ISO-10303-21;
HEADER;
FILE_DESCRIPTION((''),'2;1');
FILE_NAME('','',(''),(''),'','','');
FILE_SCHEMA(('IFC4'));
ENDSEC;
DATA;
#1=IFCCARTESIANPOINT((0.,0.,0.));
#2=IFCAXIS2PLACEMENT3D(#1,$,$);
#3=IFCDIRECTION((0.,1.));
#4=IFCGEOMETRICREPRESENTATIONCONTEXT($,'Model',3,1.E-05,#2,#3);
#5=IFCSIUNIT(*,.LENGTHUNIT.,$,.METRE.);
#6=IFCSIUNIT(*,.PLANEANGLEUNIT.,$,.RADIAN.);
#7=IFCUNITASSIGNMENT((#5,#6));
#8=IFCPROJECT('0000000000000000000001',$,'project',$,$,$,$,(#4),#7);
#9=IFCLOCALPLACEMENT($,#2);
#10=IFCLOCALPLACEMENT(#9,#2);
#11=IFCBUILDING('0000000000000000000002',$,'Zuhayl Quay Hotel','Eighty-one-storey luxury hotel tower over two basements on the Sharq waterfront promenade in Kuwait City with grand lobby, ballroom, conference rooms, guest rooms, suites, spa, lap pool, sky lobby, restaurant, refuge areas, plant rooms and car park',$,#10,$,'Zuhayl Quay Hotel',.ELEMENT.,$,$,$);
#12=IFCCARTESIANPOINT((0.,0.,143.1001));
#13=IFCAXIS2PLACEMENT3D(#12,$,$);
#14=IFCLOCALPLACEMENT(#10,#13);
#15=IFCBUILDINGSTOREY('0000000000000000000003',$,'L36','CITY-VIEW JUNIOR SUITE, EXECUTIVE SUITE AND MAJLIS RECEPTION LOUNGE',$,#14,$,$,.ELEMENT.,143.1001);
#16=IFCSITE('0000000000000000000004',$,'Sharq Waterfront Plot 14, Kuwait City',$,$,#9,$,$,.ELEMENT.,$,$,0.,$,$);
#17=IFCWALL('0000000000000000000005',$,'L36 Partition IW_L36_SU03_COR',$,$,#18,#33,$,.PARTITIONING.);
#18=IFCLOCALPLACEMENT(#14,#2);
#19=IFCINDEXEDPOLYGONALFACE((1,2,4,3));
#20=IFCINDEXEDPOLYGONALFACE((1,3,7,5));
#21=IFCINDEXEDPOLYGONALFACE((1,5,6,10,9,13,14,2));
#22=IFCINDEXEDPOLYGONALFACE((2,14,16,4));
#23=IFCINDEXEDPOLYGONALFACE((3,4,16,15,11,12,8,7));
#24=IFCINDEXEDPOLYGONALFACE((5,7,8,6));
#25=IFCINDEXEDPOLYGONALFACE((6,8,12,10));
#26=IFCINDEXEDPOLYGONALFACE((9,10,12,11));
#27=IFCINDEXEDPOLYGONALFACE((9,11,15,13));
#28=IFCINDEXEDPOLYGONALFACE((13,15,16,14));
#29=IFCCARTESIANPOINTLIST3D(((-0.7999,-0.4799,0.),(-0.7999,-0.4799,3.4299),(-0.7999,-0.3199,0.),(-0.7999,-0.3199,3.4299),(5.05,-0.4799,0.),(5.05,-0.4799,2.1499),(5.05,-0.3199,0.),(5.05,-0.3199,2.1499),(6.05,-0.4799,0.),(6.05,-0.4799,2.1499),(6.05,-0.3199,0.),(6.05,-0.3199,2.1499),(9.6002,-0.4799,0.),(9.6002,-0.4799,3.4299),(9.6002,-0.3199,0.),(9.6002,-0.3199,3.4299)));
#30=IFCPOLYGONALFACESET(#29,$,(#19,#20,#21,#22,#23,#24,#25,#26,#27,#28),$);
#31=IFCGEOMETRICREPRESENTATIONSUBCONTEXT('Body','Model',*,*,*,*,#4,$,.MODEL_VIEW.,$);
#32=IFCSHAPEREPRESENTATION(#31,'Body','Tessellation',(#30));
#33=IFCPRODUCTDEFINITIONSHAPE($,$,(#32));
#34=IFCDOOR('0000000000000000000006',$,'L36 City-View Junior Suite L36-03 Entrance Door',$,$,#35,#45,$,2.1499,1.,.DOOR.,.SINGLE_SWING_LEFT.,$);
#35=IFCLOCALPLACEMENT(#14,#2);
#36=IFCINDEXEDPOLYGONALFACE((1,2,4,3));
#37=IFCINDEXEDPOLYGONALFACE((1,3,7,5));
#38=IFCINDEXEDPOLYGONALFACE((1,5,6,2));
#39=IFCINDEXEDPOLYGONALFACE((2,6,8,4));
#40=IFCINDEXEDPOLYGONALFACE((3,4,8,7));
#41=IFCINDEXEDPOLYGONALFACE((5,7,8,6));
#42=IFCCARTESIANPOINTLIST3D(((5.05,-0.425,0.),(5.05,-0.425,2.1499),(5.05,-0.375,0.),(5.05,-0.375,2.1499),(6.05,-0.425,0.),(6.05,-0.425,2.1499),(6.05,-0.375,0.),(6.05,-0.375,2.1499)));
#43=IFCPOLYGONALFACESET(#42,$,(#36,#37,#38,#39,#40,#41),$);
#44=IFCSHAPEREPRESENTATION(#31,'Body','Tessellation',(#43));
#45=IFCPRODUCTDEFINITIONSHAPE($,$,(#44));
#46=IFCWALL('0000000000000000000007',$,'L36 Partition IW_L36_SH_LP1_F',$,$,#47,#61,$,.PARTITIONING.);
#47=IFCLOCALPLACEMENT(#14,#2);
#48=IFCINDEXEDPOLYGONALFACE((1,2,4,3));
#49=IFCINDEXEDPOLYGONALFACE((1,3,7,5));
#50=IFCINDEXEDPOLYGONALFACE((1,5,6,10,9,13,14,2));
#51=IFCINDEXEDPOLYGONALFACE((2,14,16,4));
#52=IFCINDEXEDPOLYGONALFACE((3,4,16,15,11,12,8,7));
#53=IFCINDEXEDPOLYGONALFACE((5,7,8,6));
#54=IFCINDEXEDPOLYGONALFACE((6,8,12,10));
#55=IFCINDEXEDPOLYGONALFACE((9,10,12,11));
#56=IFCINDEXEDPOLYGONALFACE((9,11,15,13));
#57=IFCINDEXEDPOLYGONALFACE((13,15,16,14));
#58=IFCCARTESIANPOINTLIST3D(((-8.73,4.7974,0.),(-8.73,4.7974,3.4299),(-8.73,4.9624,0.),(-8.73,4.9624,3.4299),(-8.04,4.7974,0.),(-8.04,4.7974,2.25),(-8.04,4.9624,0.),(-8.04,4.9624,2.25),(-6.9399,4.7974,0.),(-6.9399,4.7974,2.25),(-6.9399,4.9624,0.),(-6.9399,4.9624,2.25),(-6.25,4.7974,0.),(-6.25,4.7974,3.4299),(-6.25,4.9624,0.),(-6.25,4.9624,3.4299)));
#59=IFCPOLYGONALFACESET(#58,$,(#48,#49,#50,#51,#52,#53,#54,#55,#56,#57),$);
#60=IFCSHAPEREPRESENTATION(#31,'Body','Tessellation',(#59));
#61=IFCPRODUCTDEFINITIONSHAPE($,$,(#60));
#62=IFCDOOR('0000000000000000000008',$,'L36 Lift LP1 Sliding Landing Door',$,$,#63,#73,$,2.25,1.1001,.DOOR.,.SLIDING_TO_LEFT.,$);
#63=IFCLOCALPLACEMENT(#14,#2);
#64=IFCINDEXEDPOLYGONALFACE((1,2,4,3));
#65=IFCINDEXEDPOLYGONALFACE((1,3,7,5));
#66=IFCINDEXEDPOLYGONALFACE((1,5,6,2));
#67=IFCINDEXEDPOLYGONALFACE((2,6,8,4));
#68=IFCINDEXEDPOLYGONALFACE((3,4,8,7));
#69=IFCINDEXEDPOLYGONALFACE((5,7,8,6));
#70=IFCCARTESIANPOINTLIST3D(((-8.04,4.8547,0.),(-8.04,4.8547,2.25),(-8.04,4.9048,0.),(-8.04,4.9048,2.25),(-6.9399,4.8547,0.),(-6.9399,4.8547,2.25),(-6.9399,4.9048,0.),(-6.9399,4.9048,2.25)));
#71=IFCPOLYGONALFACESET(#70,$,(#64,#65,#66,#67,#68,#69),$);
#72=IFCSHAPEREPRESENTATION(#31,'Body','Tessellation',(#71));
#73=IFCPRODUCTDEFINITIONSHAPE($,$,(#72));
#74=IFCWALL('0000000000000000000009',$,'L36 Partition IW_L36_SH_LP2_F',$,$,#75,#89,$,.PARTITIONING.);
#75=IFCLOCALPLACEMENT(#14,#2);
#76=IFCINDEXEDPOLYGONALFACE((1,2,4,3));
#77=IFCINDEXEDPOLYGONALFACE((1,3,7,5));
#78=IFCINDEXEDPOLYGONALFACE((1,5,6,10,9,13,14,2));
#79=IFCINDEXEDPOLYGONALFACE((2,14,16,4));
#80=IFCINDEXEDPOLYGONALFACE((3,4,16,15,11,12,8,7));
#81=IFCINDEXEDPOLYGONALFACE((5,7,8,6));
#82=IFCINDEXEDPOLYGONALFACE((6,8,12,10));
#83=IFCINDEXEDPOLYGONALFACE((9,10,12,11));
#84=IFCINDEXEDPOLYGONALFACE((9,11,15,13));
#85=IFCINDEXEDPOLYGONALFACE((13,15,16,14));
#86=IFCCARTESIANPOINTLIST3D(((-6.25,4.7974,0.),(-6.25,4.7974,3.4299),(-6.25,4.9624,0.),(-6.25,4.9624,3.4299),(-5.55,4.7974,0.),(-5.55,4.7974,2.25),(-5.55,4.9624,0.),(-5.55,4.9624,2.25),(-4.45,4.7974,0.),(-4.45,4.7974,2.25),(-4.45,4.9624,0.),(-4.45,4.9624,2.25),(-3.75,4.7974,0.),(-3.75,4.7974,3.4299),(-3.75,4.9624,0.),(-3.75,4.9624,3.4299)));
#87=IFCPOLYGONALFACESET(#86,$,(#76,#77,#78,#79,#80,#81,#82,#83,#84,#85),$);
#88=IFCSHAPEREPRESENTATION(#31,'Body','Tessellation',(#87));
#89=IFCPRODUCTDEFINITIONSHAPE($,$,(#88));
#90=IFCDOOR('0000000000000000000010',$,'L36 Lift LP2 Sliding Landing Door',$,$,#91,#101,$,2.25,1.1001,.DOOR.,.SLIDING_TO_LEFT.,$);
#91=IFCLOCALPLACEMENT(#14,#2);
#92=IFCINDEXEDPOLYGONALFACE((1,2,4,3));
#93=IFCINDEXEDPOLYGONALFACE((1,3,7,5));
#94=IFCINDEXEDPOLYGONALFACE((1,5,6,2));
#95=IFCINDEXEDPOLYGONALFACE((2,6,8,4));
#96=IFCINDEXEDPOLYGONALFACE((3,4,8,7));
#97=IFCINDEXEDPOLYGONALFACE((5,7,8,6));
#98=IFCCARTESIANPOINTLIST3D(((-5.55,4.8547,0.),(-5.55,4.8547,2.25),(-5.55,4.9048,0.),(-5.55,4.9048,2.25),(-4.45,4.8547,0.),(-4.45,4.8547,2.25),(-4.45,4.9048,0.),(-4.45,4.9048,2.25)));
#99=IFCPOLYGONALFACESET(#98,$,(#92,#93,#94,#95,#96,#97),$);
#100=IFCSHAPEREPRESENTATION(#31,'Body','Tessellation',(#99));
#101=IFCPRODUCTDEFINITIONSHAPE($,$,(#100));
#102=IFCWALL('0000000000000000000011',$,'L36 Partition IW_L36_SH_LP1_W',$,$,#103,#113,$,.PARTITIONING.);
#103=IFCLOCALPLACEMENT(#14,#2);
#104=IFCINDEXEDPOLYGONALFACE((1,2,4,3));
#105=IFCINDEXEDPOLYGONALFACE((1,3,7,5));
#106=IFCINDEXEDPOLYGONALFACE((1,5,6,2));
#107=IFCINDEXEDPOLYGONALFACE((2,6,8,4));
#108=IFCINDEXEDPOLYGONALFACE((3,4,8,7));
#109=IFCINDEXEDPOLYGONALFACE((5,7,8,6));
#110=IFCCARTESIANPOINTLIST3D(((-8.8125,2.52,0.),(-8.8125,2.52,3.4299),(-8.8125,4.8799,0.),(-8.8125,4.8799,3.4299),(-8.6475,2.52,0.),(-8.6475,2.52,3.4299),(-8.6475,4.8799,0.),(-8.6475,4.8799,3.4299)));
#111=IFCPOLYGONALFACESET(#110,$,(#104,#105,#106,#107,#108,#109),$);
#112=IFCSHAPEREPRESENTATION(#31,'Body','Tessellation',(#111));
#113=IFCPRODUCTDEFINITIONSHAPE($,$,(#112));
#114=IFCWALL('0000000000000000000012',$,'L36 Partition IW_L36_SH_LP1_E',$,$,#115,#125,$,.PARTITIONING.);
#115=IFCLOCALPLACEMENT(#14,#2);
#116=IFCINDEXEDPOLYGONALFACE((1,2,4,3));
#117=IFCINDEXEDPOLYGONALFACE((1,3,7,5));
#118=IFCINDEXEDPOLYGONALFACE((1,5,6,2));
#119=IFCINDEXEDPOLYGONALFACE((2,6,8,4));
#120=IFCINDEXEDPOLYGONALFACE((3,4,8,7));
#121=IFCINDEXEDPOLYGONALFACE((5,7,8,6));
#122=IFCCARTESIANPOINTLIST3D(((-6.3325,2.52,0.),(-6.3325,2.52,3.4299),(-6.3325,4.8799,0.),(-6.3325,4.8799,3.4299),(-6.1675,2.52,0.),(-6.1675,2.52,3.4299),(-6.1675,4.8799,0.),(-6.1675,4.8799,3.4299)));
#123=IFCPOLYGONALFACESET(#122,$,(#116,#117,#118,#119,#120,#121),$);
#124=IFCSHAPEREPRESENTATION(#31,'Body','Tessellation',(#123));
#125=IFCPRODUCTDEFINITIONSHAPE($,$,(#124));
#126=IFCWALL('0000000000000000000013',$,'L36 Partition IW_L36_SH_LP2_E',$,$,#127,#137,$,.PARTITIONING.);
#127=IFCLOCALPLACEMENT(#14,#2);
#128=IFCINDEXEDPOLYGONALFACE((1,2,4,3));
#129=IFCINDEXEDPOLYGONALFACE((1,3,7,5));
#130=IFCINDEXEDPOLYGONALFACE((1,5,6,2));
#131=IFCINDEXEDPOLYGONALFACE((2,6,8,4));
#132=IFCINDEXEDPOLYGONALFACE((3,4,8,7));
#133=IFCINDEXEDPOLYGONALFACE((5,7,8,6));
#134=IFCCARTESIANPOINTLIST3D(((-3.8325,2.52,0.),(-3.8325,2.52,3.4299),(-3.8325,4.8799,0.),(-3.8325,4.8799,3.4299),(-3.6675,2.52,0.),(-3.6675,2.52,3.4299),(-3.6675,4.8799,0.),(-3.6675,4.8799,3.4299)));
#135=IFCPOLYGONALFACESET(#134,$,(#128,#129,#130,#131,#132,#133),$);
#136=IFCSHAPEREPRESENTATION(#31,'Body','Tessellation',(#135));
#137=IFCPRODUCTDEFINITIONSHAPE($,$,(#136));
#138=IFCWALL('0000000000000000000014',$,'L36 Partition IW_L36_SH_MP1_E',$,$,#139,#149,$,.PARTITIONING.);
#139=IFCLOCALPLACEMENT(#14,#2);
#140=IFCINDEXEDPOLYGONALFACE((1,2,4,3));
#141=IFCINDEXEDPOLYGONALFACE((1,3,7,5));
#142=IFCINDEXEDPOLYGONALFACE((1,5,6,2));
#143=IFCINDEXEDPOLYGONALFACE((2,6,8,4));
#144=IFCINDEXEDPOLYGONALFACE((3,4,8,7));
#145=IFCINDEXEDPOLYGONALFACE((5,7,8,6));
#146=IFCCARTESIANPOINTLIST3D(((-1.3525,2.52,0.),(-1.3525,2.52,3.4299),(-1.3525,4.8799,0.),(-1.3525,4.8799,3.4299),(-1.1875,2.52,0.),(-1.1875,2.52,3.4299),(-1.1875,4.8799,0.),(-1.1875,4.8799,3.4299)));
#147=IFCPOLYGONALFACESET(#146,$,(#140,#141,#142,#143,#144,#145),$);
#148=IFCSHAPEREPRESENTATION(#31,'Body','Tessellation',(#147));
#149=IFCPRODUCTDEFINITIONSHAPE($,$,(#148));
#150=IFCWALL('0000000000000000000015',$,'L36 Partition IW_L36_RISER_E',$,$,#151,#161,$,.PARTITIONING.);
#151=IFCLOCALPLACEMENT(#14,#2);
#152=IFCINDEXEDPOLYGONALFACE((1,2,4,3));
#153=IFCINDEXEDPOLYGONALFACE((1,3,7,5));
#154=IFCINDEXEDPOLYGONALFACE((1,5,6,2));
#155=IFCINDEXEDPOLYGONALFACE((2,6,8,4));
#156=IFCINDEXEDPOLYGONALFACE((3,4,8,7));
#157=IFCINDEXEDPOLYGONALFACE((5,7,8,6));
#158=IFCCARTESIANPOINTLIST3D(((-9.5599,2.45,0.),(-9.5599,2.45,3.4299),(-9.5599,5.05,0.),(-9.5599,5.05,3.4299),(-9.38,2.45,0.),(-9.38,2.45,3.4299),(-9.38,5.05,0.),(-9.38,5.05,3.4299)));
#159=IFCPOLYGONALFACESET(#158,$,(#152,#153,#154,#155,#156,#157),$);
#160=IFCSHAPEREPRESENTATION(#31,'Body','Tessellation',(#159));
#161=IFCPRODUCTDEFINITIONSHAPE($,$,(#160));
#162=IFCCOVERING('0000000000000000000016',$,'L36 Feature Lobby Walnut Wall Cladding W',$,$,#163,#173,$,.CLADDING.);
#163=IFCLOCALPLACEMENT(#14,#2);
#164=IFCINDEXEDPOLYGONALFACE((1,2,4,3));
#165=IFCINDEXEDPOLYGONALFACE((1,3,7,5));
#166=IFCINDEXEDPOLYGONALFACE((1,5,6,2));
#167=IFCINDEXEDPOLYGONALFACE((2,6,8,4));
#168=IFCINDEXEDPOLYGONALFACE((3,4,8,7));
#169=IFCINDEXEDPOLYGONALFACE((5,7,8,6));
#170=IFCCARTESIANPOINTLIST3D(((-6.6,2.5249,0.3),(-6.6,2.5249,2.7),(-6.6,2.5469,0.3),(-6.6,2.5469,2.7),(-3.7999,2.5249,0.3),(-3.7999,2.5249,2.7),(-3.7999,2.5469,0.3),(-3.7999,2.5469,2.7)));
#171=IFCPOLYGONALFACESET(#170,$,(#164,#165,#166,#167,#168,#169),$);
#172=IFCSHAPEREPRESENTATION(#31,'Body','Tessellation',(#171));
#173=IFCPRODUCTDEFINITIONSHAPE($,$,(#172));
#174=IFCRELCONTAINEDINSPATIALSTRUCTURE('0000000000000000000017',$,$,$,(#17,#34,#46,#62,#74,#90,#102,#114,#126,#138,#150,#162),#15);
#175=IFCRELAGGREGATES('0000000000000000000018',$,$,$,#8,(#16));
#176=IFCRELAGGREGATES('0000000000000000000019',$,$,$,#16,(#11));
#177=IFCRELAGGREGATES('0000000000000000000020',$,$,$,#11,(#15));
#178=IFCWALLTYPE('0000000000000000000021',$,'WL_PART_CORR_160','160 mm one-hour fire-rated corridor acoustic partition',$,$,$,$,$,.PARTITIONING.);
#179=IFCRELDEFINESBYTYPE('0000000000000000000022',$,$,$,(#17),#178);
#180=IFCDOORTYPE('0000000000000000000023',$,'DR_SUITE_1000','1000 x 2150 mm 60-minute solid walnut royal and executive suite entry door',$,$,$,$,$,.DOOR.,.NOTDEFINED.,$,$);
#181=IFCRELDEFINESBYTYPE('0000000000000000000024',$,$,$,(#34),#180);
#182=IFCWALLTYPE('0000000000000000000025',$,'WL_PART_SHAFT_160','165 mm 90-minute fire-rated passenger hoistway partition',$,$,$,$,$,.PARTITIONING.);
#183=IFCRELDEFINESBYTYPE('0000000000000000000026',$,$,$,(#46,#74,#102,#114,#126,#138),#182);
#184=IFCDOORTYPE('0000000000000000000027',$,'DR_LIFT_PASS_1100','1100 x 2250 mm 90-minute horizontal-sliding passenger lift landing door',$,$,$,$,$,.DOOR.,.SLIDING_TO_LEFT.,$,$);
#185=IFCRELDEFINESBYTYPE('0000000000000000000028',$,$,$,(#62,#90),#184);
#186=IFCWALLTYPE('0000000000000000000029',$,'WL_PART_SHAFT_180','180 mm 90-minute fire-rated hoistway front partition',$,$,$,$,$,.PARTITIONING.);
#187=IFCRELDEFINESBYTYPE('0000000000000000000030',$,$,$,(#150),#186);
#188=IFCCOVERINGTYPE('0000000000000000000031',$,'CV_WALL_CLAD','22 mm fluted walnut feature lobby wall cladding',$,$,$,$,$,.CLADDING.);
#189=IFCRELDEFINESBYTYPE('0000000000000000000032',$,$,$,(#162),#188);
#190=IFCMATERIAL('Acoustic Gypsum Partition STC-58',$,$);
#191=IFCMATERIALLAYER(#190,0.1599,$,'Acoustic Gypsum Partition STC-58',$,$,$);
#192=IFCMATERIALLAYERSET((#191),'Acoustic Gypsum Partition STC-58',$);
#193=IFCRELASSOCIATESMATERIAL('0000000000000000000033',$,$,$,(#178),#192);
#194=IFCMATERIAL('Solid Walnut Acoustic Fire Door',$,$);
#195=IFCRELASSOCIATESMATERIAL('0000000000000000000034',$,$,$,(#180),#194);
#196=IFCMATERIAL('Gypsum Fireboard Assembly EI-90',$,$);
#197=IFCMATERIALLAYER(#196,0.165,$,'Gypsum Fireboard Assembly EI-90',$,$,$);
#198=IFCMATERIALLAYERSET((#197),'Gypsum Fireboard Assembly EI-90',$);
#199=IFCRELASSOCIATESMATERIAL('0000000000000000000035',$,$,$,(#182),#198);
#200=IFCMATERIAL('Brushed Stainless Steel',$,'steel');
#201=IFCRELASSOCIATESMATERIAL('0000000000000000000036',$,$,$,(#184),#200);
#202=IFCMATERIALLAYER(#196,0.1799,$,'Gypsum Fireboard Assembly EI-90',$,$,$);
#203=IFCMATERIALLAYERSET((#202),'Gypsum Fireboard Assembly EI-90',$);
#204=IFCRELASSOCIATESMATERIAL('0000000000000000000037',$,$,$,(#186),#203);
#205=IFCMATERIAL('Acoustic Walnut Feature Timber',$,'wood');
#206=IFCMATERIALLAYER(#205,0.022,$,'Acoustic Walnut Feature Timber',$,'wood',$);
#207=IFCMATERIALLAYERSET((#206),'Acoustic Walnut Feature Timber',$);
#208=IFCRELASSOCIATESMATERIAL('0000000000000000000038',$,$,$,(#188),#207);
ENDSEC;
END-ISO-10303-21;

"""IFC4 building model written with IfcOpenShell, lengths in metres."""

from ifc_helpers import new_model, si_unit, direction, frame, frame_2d, origin, origin_2d, place, context, subcontext, project, spatial, rectangle, extrude, material, layer, layer_set, type_object, element, fill, save


model = new_model("IFC4")

# Units and contexts
model_context = context("Model", 3, precision=1e-05, world=origin(), true_north=direction((0.0, 1.0)))
body_context = subcontext(model_context, "Body", "Model", "MODEL_VIEW")
ifc_project = project(units=[si_unit("LENGTHUNIT", "METRE"), si_unit("PLANEANGLEUNIT", "RADIAN")], contexts=[model_context])

# Site, building, storey
site_placement = place(None, origin())
site = spatial("IfcSite", under=ifc_project, at=site_placement, Name="Sharq Waterfront Plot 14, Kuwait City", CompositionType="ELEMENT", RefElevation=0.0)
building_placement = place(site_placement, origin())
building = spatial("IfcBuilding", under=site, at=building_placement, Name="Zuhayl Quay Hotel", Description="Eighty-one-storey luxury hotel tower over two basements on the Sharq waterfront promenade in Kuwait City with grand lobby, ballroom, conference rooms, guest rooms, suites, spa, lap pool, sky lobby, restaurant, refuge areas, plant rooms and car park", LongName="Zuhayl Quay Hotel", CompositionType="ELEMENT")
storey_placement = place(building_placement, frame((0.0, 0.0, 143.1001)))
storey = spatial("IfcBuildingStorey", under=building, at=storey_placement, Name="L36", Description="CITY-VIEW JUNIOR SUITE, EXECUTIVE SUITE AND MAJLIS RECEPTION LOUNGE", CompositionType="ELEMENT", Elevation=143.1001)

# Walls, openings, doors
ifc_material_1 = material(Name="Acoustic Gypsum Partition STC-58")
ifc_layer_1 = layer(ifc_material_1, 0.1599, Name="Acoustic Gypsum Partition STC-58")
ifc_layer_set_1 = layer_set([ifc_layer_1], Name="Acoustic Gypsum Partition STC-58")
wall_type_1 = type_object("IfcWallType", Name="WL_PART_CORR_160", Description="160 mm one-hour fire-rated corridor acoustic partition", PredefinedType="PARTITIONING", material=ifc_layer_set_1)
wall_1_placement = place(storey_placement, frame((-0.8, -0.3999, 0.0), z_axis=(0.0, 0.0, 1.0), x_axis=(1.0, 0.0, 0.0)))
wall_1 = element("IfcWall", 1, at=wall_1_placement, inside=storey, type_object=wall_type_1, Name="L36 Partition IW_L36_SU03_COR", PredefinedType="PARTITIONING", context=body_context, shape_type="SweptSolid", body=[
    extrude(rectangle(XDim=10.4001, YDim=0.1599, at=frame_2d((5.2002, 0.0))), origin(), (0.0, 0.0, 1.0), 3.4299),
])
opening_1_placement = place(wall_1_placement, frame((5.8501, 0.0, 0.0)))
opening_1 = element("IfcOpeningElement", 2, at=opening_1_placement, cuts=wall_1, PredefinedType="OPENING", context=body_context, shape_type="SweptSolid", body=[
    extrude(rectangle(XDim=1.0, YDim=2.1499, at=frame_2d((0.5, 1.075))), frame((0.0, 0.0898, 0.0), z_axis=(0.0, -1.0, 0.0), x_axis=(1.0, 0.0, 0.0)), (0.0, 0.0, 1.0), 0.1799),
])
ifc_material_2 = material(Name="Solid Walnut Acoustic Fire Door")
door_type_1 = type_object("IfcDoorType", Name="DR_SUITE_1000", Description="1000 x 2150 mm 60-minute solid walnut royal and executive suite entry door", OperationType="NOTDEFINED", PredefinedType="DOOR", material=ifc_material_2)
door_1_placement = place(opening_1_placement, origin())
door_1 = element("IfcDoor", 3, at=door_1_placement, inside=storey, type_object=door_type_1, Name="L36 City-View Junior Suite L36-03 Entrance Door", OperationType="SINGLE_SWING_LEFT", OverallHeight=2.1499, OverallWidth=1.0, PredefinedType="DOOR", context=body_context, shape_type="SweptSolid", body=[
    extrude(rectangle(XDim=1.0, YDim=2.1499, at=frame_2d((0.5, 1.075))), frame((0.0, 0.0249, 0.0), z_axis=(0.0, -1.0, 0.0), x_axis=(1.0, 0.0, 0.0)), (0.0, 0.0, 1.0), 0.05),
])
fill(opening_1, door_1)
ifc_material_3 = material(Name="Gypsum Fireboard Assembly EI-90")
ifc_layer_2 = layer(ifc_material_3, 0.165, Name="Gypsum Fireboard Assembly EI-90")
ifc_layer_set_2 = layer_set([ifc_layer_2], Name="Gypsum Fireboard Assembly EI-90")
wall_type_2 = type_object("IfcWallType", Name="WL_PART_SHAFT_160", Description="165 mm 90-minute fire-rated passenger hoistway partition", PredefinedType="PARTITIONING", material=ifc_layer_set_2)
wall_2_placement = place(storey_placement, frame((-8.73, 4.8799, 0.0), z_axis=(0.0, 0.0, 1.0), x_axis=(1.0, 0.0, 0.0)))
wall_2 = element("IfcWall", 4, at=wall_2_placement, inside=storey, type_object=wall_type_2, Name="L36 Partition IW_L36_SH_LP1_F", PredefinedType="PARTITIONING", context=body_context, shape_type="SweptSolid", body=[
    extrude(rectangle(XDim=2.48, YDim=0.165, at=frame_2d((1.24, 0.0))), origin(), (0.0, 0.0, 1.0), 3.4299),
])
opening_2_placement = place(wall_2_placement, frame((0.6899, 0.0, 0.0)))
opening_2 = element("IfcOpeningElement", 5, at=opening_2_placement, cuts=wall_2, PredefinedType="OPENING", context=body_context, shape_type="SweptSolid", body=[
    extrude(rectangle(XDim=1.1001, YDim=2.25, at=frame_2d((0.55, 1.125))), frame((0.0, 0.0925, 0.0), z_axis=(0.0, -1.0, 0.0), x_axis=(1.0, 0.0, 0.0)), (0.0, 0.0, 1.0), 0.1851),
])
ifc_material_4 = material(Name="Brushed Stainless Steel", Category="steel")
door_type_2 = type_object("IfcDoorType", Name="DR_LIFT_PASS_1100", Description="1100 x 2250 mm 90-minute horizontal-sliding passenger lift landing door", OperationType="SLIDING_TO_LEFT", PredefinedType="DOOR", material=ifc_material_4)
door_2_placement = place(opening_2_placement, origin())
door_2 = element("IfcDoor", 6, at=door_2_placement, inside=storey, type_object=door_type_2, Name="L36 Lift LP1 Sliding Landing Door", OperationType="SLIDING_TO_LEFT", OverallHeight=2.25, OverallWidth=1.1001, PredefinedType="DOOR", context=body_context, shape_type="SweptSolid", body=[
    extrude(rectangle(XDim=1.1001, YDim=2.25, at=frame_2d((0.55, 1.125))), frame((0.0, 0.0249, 0.0), z_axis=(0.0, -1.0, 0.0), x_axis=(1.0, 0.0, 0.0)), (0.0, 0.0, 1.0), 0.05),
])
fill(opening_2, door_2)
wall_3_placement = place(storey_placement, frame((-6.25, 4.8799, 0.0), z_axis=(0.0, 0.0, 1.0), x_axis=(1.0, 0.0, 0.0)))
wall_3 = element("IfcWall", 7, at=wall_3_placement, inside=storey, type_object=wall_type_2, Name="L36 Partition IW_L36_SH_LP2_F", PredefinedType="PARTITIONING", context=body_context, shape_type="SweptSolid", body=[
    extrude(rectangle(XDim=2.5, YDim=0.165, at=frame_2d((1.25, 0.0))), origin(), (0.0, 0.0, 1.0), 3.4299),
])
opening_3_placement = place(wall_3_placement, frame((0.7, 0.0, 0.0)))
opening_3 = element("IfcOpeningElement", 8, at=opening_3_placement, cuts=wall_3, PredefinedType="OPENING", context=body_context, shape_type="SweptSolid", body=[
    extrude(rectangle(XDim=1.1001, YDim=2.25, at=frame_2d((0.55, 1.125))), frame((0.0, 0.0925, 0.0), z_axis=(0.0, -1.0, 0.0), x_axis=(1.0, 0.0, 0.0)), (0.0, 0.0, 1.0), 0.1851),
])
door_3_placement = place(opening_3_placement, origin())
door_3 = element("IfcDoor", 9, at=door_3_placement, inside=storey, type_object=door_type_2, Name="L36 Lift LP2 Sliding Landing Door", OperationType="SLIDING_TO_LEFT", OverallHeight=2.25, OverallWidth=1.1001, PredefinedType="DOOR", context=body_context, shape_type="SweptSolid", body=[
    extrude(rectangle(XDim=1.1001, YDim=2.25, at=frame_2d((0.55, 1.125))), frame((0.0, 0.0249, 0.0), z_axis=(0.0, -1.0, 0.0), x_axis=(1.0, 0.0, 0.0)), (0.0, 0.0, 1.0), 0.05),
])
fill(opening_3, door_3)

# Walls
for number, where, z_axis, x_axis, name in (
    (10, (-8.73, 2.52, 0.0), (0.0, 0.0, 1.0), (0.0, 1.0, 0.0), "L36 Partition IW_L36_SH_LP1_W"),
    (11, (-6.25, 2.52, 0.0), (0.0, 0.0, 1.0), (0.0, 1.0, 0.0), "L36 Partition IW_L36_SH_LP1_E"),
    (12, (-3.75, 2.52, 0.0), (0.0, 0.0, 1.0), (0.0, 1.0, 0.0), "L36 Partition IW_L36_SH_LP2_E"),
    (13, (-1.27, 2.52, 0.0), (0.0, 0.0, 1.0), (0.0, 1.0, 0.0), "L36 Partition IW_L36_SH_MP1_E"),
):
    element("IfcWall", number, at=place(storey_placement, frame(where, z_axis=z_axis, x_axis=x_axis)), inside=storey, type_object=wall_type_2, Name=name, PredefinedType="PARTITIONING", context=body_context, shape_type="SweptSolid", body=[
        extrude(rectangle(XDim=2.3599, YDim=0.165, at=frame_2d((1.1799, 0.0))), origin(), (0.0, 0.0, 1.0), 3.4299),
    ])
ifc_layer_3 = layer(ifc_material_3, 0.1799, Name="Gypsum Fireboard Assembly EI-90")
ifc_layer_set_3 = layer_set([ifc_layer_3], Name="Gypsum Fireboard Assembly EI-90")
wall_type_3 = type_object("IfcWallType", Name="WL_PART_SHAFT_180", Description="180 mm 90-minute fire-rated hoistway front partition", PredefinedType="PARTITIONING", material=ifc_layer_set_3)
wall_4_placement = place(storey_placement, frame((-9.47, 2.45, 0.0), z_axis=(0.0, 0.0, 1.0), x_axis=(0.0, 1.0, 0.0)))
element("IfcWall", 14, at=wall_4_placement, inside=storey, type_object=wall_type_3, Name="L36 Partition IW_L36_RISER_E", PredefinedType="PARTITIONING", context=body_context, shape_type="SweptSolid", body=[
    extrude(rectangle(XDim=2.6001, YDim=0.1799, at=frame_2d((1.3, 0.0))), origin(), (0.0, 0.0, 1.0), 3.4299),
])

# Covering
ifc_material_5 = material(Name="Acoustic Walnut Feature Timber", Category="wood")
ifc_layer_4 = layer(ifc_material_5, 0.022, Name="Acoustic Walnut Feature Timber", Category="wood")
ifc_layer_set_4 = layer_set([ifc_layer_4], Name="Acoustic Walnut Feature Timber")
covering_type = type_object("IfcCoveringType", Name="CV_WALL_CLAD", Description="22 mm fluted walnut feature lobby wall cladding", PredefinedType="CLADDING", material=ifc_layer_set_4)
covering_placement = place(storey_placement, frame((-5.2, 2.5359, 0.3), z_axis=(0.0, 0.0, 1.0), x_axis=(1.0, 0.0, 0.0)))
element("IfcCovering", 15, at=covering_placement, inside=storey, type_object=covering_type, Name="L36 Feature Lobby Walnut Wall Cladding W", PredefinedType="CLADDING", context=body_context, shape_type="SweptSolid", body=[
    extrude(rectangle(XDim=2.8, YDim=0.022, at=origin_2d()), origin(), (0.0, 0.0, 1.0), 2.3999),
])

save(model, "model.ifc")
